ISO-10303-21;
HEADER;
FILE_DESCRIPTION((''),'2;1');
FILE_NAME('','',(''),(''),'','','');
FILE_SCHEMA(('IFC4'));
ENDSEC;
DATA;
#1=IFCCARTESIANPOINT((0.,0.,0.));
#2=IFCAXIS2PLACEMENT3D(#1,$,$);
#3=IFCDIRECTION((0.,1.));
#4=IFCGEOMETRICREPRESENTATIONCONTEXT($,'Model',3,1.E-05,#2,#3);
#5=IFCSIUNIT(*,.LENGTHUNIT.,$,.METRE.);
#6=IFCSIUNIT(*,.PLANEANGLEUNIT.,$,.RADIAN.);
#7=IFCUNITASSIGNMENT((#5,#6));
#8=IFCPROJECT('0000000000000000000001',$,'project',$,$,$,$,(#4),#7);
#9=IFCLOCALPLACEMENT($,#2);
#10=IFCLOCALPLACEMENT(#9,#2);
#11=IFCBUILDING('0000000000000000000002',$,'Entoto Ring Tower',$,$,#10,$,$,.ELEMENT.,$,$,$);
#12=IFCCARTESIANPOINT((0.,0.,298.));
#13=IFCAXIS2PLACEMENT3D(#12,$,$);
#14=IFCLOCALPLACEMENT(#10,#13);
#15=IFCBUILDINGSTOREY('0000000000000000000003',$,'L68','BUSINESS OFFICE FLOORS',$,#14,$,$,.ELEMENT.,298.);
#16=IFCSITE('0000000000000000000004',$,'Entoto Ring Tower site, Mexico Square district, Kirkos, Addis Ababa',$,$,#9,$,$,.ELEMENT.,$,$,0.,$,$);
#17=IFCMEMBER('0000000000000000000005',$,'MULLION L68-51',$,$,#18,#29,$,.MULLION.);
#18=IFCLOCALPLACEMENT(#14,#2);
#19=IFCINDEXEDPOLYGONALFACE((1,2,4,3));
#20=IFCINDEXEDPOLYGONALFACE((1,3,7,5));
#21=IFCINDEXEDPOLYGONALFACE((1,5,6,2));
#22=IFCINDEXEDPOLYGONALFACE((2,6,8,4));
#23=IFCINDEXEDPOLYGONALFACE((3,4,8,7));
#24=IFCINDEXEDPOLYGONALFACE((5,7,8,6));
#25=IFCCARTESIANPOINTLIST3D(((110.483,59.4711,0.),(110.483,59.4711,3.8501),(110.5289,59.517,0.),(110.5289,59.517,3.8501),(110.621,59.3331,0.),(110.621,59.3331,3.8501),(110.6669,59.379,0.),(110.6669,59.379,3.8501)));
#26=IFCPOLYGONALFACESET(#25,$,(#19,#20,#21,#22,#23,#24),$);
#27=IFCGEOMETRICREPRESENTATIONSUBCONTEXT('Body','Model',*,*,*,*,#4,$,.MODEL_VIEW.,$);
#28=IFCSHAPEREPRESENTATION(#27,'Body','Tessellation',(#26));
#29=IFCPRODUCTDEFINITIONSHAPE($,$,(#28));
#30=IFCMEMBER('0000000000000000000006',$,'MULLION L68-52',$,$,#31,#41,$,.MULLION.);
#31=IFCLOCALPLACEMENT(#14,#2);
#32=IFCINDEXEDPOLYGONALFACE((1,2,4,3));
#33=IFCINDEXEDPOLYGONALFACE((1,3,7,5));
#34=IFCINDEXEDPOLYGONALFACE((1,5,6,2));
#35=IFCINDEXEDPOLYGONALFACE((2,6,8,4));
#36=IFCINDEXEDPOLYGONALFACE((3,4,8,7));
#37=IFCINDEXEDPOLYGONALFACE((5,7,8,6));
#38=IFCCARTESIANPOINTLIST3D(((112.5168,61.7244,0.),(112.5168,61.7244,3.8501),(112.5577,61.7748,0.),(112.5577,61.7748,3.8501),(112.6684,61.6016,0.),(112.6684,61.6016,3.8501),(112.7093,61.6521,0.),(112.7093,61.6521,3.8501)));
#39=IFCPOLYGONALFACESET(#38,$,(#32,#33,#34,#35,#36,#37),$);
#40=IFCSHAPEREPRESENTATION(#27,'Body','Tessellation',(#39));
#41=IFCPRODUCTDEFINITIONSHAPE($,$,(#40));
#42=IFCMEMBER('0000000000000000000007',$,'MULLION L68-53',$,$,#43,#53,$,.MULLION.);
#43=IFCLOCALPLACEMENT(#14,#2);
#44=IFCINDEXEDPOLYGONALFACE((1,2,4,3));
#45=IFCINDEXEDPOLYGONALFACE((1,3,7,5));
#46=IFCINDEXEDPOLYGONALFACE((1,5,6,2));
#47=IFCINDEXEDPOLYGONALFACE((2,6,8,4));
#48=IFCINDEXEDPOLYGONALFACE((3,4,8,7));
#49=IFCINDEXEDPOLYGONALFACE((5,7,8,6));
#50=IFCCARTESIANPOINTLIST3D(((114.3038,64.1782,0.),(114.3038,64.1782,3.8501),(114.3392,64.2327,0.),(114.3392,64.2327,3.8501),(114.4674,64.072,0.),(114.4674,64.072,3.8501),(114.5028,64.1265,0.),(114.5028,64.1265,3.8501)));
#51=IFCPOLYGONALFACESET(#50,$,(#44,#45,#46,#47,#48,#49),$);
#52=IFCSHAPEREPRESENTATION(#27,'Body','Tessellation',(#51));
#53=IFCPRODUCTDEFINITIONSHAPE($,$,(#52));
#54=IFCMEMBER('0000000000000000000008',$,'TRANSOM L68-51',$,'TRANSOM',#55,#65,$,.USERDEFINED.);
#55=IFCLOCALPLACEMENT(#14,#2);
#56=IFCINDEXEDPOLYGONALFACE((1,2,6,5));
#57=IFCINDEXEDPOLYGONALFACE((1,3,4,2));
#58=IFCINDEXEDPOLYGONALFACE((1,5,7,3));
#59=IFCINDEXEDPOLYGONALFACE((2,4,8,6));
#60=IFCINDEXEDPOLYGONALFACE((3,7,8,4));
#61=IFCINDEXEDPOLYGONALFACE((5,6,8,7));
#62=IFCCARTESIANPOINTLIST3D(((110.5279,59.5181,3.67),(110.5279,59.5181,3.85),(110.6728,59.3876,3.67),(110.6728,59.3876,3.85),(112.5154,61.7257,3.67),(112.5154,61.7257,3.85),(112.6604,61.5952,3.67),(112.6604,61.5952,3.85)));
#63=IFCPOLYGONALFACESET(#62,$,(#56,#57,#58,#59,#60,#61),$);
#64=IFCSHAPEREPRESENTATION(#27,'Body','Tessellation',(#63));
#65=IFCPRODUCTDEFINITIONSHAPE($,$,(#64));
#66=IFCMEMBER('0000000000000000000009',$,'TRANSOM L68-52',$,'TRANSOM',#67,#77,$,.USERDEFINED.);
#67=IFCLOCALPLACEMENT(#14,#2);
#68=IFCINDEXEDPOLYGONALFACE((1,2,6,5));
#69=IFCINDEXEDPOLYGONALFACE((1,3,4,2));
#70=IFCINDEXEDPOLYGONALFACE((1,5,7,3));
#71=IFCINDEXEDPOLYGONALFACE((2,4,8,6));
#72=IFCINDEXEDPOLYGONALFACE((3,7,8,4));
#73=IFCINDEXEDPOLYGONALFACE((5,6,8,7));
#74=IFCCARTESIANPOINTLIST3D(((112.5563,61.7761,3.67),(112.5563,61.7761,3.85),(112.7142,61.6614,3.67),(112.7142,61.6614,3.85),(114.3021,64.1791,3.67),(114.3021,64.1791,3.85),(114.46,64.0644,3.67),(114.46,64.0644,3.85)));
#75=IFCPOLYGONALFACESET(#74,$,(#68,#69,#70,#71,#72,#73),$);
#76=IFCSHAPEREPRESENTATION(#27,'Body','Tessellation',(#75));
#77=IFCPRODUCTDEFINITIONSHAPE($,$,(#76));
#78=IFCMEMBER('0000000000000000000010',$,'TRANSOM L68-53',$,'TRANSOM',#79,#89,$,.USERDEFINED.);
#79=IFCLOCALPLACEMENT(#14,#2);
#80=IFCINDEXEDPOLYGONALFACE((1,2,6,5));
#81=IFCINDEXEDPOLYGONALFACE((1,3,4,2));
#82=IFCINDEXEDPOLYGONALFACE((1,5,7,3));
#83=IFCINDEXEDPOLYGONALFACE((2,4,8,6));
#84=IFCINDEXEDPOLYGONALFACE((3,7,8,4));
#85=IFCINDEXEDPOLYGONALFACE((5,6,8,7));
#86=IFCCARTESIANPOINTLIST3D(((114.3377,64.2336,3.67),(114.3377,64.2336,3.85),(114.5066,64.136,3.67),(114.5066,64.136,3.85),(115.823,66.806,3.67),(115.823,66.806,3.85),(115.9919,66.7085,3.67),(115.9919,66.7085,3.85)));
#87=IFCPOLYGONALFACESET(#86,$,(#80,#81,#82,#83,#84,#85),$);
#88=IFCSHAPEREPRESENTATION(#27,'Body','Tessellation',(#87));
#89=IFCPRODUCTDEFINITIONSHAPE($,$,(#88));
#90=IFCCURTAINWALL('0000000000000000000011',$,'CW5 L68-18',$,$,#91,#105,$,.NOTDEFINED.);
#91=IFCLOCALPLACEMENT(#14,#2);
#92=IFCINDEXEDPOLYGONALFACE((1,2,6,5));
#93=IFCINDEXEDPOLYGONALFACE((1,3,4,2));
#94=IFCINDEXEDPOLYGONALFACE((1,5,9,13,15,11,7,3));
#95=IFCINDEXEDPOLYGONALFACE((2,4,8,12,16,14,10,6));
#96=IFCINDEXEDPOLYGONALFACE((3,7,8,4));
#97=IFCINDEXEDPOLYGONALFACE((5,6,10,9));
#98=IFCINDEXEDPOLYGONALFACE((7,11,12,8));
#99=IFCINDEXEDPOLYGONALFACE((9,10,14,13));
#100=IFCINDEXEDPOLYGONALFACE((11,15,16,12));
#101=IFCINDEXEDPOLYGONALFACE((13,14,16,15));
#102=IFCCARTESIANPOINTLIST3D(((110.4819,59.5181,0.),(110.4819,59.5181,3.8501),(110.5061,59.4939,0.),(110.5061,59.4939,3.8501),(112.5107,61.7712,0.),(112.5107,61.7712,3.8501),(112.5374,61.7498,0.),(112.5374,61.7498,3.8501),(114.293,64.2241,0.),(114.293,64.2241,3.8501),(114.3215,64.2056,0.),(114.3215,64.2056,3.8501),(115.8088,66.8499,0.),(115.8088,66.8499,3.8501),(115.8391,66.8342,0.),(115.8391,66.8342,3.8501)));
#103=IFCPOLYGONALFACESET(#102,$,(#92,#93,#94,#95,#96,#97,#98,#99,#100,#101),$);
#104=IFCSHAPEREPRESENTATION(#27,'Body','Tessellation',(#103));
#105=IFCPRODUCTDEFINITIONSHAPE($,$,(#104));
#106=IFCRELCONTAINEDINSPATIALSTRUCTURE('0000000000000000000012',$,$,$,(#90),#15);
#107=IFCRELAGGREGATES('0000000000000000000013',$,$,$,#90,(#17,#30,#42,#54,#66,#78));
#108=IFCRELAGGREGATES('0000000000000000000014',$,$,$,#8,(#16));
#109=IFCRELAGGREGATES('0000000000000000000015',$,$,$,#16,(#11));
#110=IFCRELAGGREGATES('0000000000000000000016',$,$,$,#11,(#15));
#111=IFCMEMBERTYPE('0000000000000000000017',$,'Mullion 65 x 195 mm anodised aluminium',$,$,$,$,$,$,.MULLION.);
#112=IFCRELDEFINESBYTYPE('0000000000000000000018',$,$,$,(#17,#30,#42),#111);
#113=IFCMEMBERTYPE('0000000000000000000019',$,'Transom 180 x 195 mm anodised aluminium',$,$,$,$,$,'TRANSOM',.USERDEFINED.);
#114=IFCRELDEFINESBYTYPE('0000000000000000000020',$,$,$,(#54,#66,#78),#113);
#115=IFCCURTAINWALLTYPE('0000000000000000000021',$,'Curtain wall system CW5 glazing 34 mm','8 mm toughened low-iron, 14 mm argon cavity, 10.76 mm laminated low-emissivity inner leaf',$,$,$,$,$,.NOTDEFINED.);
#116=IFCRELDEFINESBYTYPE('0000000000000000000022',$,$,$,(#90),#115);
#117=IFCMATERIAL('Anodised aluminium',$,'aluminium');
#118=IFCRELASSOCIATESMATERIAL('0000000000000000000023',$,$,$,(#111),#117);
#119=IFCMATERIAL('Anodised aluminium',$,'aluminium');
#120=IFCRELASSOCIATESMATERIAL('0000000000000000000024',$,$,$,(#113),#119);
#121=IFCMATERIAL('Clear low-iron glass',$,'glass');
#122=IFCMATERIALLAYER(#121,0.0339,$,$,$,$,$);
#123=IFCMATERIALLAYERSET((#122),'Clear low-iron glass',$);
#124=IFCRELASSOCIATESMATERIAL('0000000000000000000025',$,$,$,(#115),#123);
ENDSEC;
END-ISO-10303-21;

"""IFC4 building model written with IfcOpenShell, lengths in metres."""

from ifc_helpers import new_model, si_unit, direction, frame, origin, origin_2d, place, context, subcontext, project, spatial, polyline, rectangle, outline, extrude, material, layer, layer_set, material_profile, profile_set, type_object, element, aggregate, save


model = new_model("IFC4")

# Units and contexts
model_context = context("Model", 3, precision=1e-05, world=origin(), true_north=direction((0.0, 1.0)))
body_context = subcontext(model_context, "Body", "Model", "MODEL_VIEW")
ifc_project = project(units=[si_unit("LENGTHUNIT", "METRE"), si_unit("PLANEANGLEUNIT", "RADIAN")], contexts=[model_context])

# Members
ifc_material_1 = material(Name="Anodised aluminium", Category="aluminium")
ifc_material_profile_1 = material_profile(ifc_material_1, rectangle(XDim=0.0649, YDim=0.1951, at=origin_2d()), Name="Mullion 65 x 195 mm anodised aluminium")
ifc_profile_set_1 = profile_set([ifc_material_profile_1], Name="Anodised aluminium")
member_type_1 = type_object("IfcMemberType", Name="Mullion 65 x 195 mm anodised aluminium", PredefinedType="MULLION", material=ifc_profile_set_1)
site_placement = place(None, origin())
building_placement = place(site_placement, origin())
storey_placement = place(building_placement, frame((0.0, 0.0, 298.0)))
member_1_placement = place(storey_placement, frame((110.575, 59.425, 0.0), z_axis=(0.0, 0.0, 1.0), x_axis=(0.707107, 0.707107, 0.0)))
member_1 = element("IfcMember", 1, at=member_1_placement, type_object=member_type_1, Name="MULLION L68-51", PredefinedType="MULLION", context=body_context, shape_type="SweptSolid", body=[
    extrude(rectangle(XDim=0.0649, YDim=0.1951, at=origin_2d()), origin(), (0.0, 0.0, 1.0), 3.8501),
])
member_2_placement = place(storey_placement, frame((112.613, 61.6882, 0.0), z_axis=(0.0, 0.0, 1.0), x_axis=(0.62932, 0.777146, 0.0)))
member_2 = element("IfcMember", 2, at=member_2_placement, type_object=member_type_1, Name="MULLION L68-52", PredefinedType="MULLION", context=body_context, shape_type="SweptSolid", body=[
    extrude(rectangle(XDim=0.0649, YDim=0.1951, at=origin_2d()), origin(), (0.0, 0.0, 1.0), 3.8501),
])
member_3_placement = place(storey_placement, frame((114.4033, 64.1523, 0.0), z_axis=(0.0, 0.0, 1.0), x_axis=(0.544639, 0.838671, 0.0)))
member_3 = element("IfcMember", 3, at=member_3_placement, type_object=member_type_1, Name="MULLION L68-53", PredefinedType="MULLION", context=body_context, shape_type="SweptSolid", body=[
    extrude(rectangle(XDim=0.0649, YDim=0.1951, at=origin_2d()), origin(), (0.0, 0.0, 1.0), 3.8501),
])
ifc_material_2 = material(Name="Anodised aluminium", Category="aluminium")
ifc_material_profile_2 = material_profile(ifc_material_2, rectangle(XDim=0.1951, YDim=0.1799, at=origin_2d()), Name="Transom 180 x 195 mm anodised aluminium")
ifc_profile_set_2 = profile_set([ifc_material_profile_2], Name="Anodised aluminium")
member_type_2 = type_object("IfcMemberType", Name="Transom 180 x 195 mm anodised aluminium", ElementType="TRANSOM", PredefinedType="USERDEFINED", material=ifc_profile_set_2)
member_4_placement = place(storey_placement, frame((110.6003, 59.4529, 3.76), z_axis=(0.66911, 0.743163, 0.0), x_axis=(-0.743163, 0.66911, 0.0)))
member_4 = element("IfcMember", 4, at=member_4_placement, type_object=member_type_2, Name="TRANSOM L68-51", ObjectType="TRANSOM", PredefinedType="USERDEFINED", context=body_context, shape_type="SweptSolid", body=[
    extrude(rectangle(XDim=0.1951, YDim=0.1799, at=origin_2d()), origin(), (0.0, 0.0, 1.0), 2.9705),
])
member_5_placement = place(storey_placement, frame((112.6353, 61.7188, 3.76), z_axis=(0.587766, 0.809031, 0.0), x_axis=(-0.809031, 0.587766, 0.0)))
member_5 = element("IfcMember", 5, at=member_5_placement, type_object=member_type_2, Name="TRANSOM L68-52", ObjectType="TRANSOM", PredefinedType="USERDEFINED", context=body_context, shape_type="SweptSolid", body=[
    extrude(rectangle(XDim=0.1951, YDim=0.1799, at=origin_2d()), origin(), (0.0, 0.0, 1.0), 2.9702),
])
member_6_placement = place(storey_placement, frame((114.4221, 64.1848, 3.76), z_axis=(0.500028, 0.866009, 0.0), x_axis=(-0.866009, 0.500028, 0.0)))
member_6 = element("IfcMember", 6, at=member_6_placement, type_object=member_type_2, Name="TRANSOM L68-53", ObjectType="TRANSOM", PredefinedType="USERDEFINED", context=body_context, shape_type="SweptSolid", body=[
    extrude(rectangle(XDim=0.1951, YDim=0.1799, at=origin_2d()), origin(), (0.0, 0.0, 1.0), 2.9705),
])

# Site, building, storey
site = spatial("IfcSite", under=ifc_project, at=site_placement, Name="Entoto Ring Tower site, Mexico Square district, Kirkos, Addis Ababa", CompositionType="ELEMENT", RefElevation=0.0)
building = spatial("IfcBuilding", under=site, at=building_placement, Name="Entoto Ring Tower", CompositionType="ELEMENT")
storey = spatial("IfcBuildingStorey", under=building, at=storey_placement, Name="L68", Description="BUSINESS OFFICE FLOORS", CompositionType="ELEMENT", Elevation=298.0)

# Curtain wall
ifc_material_3 = material(Name="Clear low-iron glass", Category="glass")
ifc_layer_1 = layer(ifc_material_3, 0.0339)
ifc_layer_set_1 = layer_set([ifc_layer_1], Name="Clear low-iron glass")
curtain_wall_type = type_object("IfcCurtainWallType", Name="Curtain wall system CW5 glazing 34 mm", Description="8 mm toughened low-iron, 14 mm argon cavity, 10.76 mm laminated low-emissivity inner leaf", PredefinedType="NOTDEFINED", material=ifc_layer_set_1)
curtain_wall_1_placement = place(storey_placement, origin())
curtain_wall_1 = element("IfcCurtainWall", 7, at=curtain_wall_1_placement, inside=storey, type_object=curtain_wall_type, Name="CW5 L68-18", PredefinedType="NOTDEFINED", context=body_context, shape_type="SweptSolid", body=[
    extrude(outline(polyline([(110.5061, 59.4939), (112.5374, 61.7498), (114.3215, 64.2056), (115.8391, 66.8342), (115.8088, 66.8499), (114.293, 64.2241), (112.5107, 61.7712), (110.4819, 59.5181), (110.5061, 59.4939)])), origin(), (0.0, 0.0, 1.0), 3.8501),
])
aggregate(curtain_wall_1, [member_1, member_2, member_3, member_4, member_5, member_6])

save(model, "model.ifc")
